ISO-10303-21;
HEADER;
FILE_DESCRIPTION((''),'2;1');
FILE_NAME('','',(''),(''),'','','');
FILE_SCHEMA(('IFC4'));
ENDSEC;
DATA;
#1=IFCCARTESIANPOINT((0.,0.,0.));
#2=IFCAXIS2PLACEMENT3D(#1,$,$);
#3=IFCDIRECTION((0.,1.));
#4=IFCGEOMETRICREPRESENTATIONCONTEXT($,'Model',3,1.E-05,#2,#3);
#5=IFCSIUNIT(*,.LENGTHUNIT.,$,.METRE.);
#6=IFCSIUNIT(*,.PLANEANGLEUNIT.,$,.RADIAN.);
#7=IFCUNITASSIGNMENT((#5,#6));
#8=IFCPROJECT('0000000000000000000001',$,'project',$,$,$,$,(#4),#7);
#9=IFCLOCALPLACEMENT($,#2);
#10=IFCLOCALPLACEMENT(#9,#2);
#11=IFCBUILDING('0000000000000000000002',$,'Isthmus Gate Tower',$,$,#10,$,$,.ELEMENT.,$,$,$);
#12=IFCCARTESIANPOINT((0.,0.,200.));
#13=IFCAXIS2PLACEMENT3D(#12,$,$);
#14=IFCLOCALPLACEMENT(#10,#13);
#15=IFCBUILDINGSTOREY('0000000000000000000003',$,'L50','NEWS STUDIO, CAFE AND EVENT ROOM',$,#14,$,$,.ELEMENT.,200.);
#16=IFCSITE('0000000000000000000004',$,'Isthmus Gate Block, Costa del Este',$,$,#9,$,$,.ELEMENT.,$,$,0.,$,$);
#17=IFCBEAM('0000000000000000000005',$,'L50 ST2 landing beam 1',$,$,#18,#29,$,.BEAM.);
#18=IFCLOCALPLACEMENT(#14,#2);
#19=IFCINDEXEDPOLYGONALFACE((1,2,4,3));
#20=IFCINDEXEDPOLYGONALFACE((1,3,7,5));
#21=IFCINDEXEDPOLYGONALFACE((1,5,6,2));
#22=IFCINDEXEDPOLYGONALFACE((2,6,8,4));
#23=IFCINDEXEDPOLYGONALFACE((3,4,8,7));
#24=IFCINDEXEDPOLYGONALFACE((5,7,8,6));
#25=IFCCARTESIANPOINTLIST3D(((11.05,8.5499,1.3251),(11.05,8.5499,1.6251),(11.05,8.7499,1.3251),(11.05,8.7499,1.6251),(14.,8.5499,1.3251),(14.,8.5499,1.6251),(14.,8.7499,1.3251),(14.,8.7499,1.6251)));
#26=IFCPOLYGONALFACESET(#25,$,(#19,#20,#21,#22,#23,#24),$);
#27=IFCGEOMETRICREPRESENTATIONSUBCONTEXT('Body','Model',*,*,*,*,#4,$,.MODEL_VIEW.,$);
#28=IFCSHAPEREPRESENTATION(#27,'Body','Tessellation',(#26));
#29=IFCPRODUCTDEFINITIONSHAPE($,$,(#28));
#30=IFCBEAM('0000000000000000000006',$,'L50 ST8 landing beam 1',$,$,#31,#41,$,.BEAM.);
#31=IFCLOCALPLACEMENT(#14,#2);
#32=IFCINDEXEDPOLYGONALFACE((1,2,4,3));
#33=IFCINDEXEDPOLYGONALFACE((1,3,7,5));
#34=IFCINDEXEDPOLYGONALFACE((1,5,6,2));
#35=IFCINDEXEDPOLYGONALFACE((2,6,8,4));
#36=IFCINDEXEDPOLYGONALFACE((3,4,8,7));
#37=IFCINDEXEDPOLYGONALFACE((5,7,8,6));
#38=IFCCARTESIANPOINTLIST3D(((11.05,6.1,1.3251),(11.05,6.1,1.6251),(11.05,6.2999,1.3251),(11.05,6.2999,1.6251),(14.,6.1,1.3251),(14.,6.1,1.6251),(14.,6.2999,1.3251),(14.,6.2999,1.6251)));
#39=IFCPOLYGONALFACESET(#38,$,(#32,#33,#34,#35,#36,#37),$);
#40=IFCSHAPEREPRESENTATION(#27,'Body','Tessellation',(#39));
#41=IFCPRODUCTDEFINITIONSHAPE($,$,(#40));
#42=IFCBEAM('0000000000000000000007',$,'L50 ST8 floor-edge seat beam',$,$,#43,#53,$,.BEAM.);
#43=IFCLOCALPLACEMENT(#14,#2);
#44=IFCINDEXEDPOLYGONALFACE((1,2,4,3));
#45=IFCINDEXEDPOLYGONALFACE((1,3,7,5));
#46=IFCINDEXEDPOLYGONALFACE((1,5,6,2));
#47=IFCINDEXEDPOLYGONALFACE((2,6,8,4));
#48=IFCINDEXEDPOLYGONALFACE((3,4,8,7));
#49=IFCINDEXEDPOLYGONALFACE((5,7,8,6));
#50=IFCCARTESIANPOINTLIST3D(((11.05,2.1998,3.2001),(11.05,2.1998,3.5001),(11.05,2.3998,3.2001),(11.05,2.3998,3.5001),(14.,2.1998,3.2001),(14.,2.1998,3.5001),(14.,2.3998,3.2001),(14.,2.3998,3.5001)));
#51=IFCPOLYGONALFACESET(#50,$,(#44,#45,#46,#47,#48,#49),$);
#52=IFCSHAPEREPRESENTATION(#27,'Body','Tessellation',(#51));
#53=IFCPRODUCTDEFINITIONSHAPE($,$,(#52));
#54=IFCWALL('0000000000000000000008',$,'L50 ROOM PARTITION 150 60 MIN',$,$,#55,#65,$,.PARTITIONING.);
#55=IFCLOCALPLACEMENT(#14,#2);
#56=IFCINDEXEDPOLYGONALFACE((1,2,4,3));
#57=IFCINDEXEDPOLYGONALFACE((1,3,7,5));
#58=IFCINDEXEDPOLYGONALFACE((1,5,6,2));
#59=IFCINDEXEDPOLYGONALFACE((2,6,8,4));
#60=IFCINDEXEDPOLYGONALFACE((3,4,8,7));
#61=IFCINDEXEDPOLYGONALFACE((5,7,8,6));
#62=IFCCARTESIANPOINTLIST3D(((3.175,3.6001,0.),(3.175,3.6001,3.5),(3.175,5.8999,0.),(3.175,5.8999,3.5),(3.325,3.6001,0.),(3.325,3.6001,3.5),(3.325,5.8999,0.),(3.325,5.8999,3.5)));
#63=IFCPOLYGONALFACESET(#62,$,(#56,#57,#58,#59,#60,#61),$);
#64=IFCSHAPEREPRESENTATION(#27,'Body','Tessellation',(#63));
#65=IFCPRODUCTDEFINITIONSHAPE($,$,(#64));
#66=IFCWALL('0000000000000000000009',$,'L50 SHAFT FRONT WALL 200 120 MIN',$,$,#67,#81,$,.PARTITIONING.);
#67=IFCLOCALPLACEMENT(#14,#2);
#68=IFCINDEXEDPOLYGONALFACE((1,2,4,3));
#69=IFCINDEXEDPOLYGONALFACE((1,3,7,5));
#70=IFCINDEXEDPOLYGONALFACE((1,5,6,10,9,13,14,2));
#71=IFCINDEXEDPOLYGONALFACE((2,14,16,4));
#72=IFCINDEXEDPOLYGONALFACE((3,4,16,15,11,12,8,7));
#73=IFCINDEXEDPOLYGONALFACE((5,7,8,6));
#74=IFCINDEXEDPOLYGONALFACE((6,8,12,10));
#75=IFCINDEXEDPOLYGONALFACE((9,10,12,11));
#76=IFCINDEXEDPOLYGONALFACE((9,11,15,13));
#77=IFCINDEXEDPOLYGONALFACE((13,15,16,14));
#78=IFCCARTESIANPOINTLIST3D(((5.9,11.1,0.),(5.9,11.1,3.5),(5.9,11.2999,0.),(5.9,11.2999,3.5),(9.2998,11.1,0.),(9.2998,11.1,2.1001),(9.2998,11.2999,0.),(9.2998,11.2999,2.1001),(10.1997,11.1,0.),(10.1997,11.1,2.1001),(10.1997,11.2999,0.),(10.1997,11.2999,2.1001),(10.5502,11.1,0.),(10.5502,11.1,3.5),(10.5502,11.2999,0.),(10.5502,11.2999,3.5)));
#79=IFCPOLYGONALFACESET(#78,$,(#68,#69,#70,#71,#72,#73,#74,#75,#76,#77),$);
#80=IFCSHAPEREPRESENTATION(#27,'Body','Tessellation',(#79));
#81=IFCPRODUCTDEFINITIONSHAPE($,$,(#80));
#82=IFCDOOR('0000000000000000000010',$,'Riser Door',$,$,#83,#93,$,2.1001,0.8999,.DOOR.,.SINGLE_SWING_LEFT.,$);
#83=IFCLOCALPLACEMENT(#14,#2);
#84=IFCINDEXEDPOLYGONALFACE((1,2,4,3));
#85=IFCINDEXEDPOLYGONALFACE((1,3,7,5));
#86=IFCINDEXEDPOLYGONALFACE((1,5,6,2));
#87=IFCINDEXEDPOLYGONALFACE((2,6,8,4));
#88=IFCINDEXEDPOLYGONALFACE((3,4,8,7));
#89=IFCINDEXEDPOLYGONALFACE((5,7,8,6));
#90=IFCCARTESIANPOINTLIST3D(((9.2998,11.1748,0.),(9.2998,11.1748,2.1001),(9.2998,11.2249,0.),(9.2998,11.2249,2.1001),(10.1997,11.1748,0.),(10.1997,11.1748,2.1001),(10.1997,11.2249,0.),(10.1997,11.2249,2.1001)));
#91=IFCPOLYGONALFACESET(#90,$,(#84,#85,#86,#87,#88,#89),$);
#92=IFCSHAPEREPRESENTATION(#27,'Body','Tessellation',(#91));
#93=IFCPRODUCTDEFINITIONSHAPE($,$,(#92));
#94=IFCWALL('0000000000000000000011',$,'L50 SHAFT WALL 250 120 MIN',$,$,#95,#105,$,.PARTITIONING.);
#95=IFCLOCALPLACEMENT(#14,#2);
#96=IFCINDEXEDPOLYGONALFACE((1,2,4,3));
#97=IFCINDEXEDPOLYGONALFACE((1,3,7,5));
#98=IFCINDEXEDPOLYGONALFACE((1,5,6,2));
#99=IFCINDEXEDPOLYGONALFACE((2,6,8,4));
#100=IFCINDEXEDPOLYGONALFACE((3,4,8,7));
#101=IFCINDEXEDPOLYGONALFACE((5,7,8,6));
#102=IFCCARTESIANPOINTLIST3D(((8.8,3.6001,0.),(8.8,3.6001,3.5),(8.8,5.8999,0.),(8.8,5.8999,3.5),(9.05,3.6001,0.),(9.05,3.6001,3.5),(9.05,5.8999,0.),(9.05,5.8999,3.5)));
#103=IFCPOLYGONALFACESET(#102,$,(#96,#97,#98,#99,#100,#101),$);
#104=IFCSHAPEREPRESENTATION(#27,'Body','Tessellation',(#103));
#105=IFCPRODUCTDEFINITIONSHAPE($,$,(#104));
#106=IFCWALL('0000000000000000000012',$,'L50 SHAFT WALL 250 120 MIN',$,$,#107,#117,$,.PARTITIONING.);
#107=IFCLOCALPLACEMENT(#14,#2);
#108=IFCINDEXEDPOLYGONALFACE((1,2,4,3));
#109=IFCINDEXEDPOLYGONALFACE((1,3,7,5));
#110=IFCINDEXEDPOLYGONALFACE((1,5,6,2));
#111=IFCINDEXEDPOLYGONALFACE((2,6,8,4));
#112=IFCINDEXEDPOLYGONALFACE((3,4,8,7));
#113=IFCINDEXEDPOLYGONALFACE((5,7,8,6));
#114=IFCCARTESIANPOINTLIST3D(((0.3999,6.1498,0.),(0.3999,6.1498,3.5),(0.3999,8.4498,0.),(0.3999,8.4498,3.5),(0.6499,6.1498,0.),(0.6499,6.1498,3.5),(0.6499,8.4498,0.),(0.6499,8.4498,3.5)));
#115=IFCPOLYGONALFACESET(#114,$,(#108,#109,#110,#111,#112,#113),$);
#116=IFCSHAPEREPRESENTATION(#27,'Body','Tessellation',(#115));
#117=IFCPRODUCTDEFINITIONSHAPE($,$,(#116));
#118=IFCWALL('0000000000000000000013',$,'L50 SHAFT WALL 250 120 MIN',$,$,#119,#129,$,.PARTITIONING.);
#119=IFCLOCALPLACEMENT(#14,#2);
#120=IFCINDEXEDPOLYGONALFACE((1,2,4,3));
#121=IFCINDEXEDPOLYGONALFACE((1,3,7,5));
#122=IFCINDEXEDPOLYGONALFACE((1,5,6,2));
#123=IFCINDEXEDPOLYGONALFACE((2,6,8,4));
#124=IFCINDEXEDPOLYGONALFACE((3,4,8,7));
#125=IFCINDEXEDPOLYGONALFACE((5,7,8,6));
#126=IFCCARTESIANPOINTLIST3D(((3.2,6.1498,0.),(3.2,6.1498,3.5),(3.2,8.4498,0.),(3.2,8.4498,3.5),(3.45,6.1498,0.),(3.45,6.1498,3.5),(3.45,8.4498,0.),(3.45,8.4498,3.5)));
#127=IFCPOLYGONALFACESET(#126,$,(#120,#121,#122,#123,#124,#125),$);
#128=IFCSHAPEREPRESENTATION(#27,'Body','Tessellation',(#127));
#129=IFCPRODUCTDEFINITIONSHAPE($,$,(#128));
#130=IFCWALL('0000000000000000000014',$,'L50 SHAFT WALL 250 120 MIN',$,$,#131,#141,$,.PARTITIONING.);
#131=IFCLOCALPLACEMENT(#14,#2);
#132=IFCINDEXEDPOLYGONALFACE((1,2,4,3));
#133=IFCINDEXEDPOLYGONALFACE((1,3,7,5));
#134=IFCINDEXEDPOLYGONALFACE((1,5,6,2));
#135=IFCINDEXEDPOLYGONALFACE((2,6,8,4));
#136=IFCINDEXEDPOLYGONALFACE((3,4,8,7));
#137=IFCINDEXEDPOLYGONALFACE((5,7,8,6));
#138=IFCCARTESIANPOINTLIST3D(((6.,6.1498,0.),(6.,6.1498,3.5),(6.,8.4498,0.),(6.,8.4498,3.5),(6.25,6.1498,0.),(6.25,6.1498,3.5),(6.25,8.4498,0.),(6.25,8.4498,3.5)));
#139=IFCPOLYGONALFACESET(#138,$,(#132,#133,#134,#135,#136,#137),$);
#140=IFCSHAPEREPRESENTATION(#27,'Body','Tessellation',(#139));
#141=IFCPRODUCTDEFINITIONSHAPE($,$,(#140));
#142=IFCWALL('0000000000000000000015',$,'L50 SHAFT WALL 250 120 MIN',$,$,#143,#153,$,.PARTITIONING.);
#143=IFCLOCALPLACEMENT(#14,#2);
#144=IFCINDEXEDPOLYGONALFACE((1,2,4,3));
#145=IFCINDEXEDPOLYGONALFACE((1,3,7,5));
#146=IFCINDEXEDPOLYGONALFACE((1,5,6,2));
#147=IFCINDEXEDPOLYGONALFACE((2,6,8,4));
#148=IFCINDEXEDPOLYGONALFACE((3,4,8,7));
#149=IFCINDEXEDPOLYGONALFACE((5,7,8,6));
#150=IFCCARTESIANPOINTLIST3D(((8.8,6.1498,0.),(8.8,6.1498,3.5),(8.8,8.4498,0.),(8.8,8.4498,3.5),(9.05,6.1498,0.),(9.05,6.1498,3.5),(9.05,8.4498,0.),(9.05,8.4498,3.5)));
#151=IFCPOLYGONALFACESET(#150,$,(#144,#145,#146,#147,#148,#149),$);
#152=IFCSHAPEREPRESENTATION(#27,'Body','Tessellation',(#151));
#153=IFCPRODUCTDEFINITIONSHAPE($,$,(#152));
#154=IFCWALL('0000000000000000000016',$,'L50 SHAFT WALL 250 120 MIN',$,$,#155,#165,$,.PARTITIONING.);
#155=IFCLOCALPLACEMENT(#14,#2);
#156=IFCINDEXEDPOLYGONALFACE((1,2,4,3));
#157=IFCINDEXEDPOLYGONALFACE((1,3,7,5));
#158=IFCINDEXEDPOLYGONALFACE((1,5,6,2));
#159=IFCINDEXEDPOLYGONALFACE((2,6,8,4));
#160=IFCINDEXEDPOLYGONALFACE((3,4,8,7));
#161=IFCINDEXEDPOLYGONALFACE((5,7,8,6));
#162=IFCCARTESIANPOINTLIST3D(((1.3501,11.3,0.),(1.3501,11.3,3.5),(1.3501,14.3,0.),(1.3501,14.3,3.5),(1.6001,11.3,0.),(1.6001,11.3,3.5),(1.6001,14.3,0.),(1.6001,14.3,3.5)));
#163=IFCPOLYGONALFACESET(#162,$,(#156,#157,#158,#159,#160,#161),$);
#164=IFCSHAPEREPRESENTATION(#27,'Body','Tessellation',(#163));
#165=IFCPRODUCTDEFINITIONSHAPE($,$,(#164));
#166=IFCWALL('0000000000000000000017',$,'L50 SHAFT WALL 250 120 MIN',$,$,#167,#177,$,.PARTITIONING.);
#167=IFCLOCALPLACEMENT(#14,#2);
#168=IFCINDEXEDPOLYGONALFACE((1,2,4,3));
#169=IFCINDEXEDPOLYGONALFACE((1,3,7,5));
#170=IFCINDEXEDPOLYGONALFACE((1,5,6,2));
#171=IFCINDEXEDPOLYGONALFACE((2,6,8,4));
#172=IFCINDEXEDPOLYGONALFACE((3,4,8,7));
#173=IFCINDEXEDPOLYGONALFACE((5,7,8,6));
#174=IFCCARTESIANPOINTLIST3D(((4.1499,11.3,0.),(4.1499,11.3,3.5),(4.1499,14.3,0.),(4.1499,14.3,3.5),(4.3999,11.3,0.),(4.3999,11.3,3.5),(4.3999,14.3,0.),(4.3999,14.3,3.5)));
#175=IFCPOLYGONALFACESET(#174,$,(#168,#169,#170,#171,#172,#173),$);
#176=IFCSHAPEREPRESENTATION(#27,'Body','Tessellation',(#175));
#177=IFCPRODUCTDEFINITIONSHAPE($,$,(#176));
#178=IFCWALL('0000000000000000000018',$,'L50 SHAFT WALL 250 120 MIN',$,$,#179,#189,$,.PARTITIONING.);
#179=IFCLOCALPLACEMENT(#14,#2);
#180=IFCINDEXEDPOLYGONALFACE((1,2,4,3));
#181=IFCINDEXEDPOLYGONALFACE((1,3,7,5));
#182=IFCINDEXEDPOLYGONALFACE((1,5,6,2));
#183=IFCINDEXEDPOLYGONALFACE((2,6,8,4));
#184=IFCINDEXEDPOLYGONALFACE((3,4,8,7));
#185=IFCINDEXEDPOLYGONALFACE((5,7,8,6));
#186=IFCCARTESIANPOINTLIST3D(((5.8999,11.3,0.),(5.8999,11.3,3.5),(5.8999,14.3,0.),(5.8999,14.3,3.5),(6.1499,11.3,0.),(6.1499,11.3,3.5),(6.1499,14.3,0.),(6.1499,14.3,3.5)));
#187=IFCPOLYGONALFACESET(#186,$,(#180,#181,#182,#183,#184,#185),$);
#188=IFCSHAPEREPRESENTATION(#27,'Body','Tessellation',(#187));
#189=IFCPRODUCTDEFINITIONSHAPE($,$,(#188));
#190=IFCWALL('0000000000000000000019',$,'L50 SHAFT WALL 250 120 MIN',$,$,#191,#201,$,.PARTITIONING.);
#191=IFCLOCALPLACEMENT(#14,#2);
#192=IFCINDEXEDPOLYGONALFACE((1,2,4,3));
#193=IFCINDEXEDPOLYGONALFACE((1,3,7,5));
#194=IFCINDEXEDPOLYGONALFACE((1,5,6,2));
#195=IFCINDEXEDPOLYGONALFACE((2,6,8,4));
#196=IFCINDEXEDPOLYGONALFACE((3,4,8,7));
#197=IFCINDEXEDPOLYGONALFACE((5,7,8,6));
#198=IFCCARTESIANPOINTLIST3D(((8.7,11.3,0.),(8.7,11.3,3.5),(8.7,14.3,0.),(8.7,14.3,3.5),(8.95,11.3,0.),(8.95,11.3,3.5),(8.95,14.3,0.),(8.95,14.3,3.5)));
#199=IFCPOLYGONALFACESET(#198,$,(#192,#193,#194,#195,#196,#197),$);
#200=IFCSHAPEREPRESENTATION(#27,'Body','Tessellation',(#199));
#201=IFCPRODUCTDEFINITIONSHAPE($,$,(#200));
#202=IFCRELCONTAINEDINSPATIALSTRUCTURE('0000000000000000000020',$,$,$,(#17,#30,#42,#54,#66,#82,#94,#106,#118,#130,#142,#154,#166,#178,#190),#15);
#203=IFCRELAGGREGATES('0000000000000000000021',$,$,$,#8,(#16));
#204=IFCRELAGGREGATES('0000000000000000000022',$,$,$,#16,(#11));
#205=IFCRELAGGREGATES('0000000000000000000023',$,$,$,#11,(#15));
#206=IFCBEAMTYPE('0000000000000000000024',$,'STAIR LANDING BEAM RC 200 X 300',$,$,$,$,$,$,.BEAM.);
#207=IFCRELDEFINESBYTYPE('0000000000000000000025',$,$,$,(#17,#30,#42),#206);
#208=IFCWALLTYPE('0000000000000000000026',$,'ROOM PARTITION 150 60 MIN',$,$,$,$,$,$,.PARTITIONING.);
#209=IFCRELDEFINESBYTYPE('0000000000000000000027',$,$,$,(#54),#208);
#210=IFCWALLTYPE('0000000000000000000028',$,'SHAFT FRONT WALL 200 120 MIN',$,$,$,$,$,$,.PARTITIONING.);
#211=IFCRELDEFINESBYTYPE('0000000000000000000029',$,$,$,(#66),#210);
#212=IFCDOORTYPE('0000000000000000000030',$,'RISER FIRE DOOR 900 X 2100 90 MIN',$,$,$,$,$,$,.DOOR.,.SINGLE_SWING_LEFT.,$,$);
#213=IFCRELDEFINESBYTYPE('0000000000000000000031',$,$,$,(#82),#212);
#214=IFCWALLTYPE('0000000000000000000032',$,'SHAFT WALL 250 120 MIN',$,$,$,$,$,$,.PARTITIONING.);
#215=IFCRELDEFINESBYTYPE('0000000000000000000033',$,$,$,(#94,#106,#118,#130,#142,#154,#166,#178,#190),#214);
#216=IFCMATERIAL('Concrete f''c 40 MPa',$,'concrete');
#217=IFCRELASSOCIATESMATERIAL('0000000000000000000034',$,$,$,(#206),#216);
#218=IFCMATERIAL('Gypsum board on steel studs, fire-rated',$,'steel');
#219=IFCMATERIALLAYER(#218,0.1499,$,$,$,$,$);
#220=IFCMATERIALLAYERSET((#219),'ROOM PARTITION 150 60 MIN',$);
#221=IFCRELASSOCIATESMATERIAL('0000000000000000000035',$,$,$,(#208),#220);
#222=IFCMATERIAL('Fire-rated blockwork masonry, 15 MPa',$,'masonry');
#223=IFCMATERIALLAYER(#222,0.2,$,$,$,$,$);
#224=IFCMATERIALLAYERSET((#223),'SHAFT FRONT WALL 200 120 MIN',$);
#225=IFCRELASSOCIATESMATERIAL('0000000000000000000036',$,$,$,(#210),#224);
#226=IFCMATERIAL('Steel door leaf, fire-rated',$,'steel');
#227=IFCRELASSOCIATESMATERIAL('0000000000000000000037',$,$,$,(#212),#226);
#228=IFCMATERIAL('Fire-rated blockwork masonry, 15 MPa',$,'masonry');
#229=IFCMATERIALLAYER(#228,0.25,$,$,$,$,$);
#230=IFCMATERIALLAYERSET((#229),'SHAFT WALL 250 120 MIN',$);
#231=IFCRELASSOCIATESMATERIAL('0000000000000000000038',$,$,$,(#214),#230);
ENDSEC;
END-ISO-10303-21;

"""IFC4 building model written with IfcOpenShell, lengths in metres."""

from ifc_helpers import new_model, si_unit, direction, frame, frame_2d, origin, origin_2d, place, context, subcontext, project, spatial, rectangle, extrude, material, layer, layer_set, material_profile, profile_set, type_object, element, fill, save


model = new_model("IFC4")

# Units and contexts
model_context = context("Model", 3, precision=1e-05, world=origin(), true_north=direction((0.0, 1.0)))
body_context = subcontext(model_context, "Body", "Model", "MODEL_VIEW")
ifc_project = project(units=[si_unit("LENGTHUNIT", "METRE"), si_unit("PLANEANGLEUNIT", "RADIAN")], contexts=[model_context])

# Site, building, storey
site_placement = place(None, origin())
site = spatial("IfcSite", under=ifc_project, at=site_placement, Name="Isthmus Gate Block, Costa del Este", CompositionType="ELEMENT", RefElevation=0.0)
building_placement = place(site_placement, origin())
building = spatial("IfcBuilding", under=site, at=building_placement, Name="Isthmus Gate Tower", CompositionType="ELEMENT")
storey_placement = place(building_placement, frame((0.0, 0.0, 200.0)))
storey = spatial("IfcBuildingStorey", under=building, at=storey_placement, Name="L50", Description="NEWS STUDIO, CAFE AND EVENT ROOM", CompositionType="ELEMENT", Elevation=200.0)

# Beams
ifc_material_1 = material(Name="Concrete f'c 40 MPa", Category="concrete")
ifc_material_profile = material_profile(ifc_material_1, rectangle(XDim=0.2, YDim=0.3, at=origin_2d()), Name="STAIR LANDING BEAM RC 200 X 300")
ifc_profile_set = profile_set([ifc_material_profile], Name="Concrete f'c 40 MPa")
beam_type = type_object("IfcBeamType", Name="STAIR LANDING BEAM RC 200 X 300", PredefinedType="BEAM", material=ifc_profile_set)
for number, where, z_axis, x_axis, name in (
    (1, (11.05, 8.6499, 1.4751), (1.0, 0.0, 0.0), (0.0, 1.0, 0.0), "L50 ST2 landing beam 1"),
    (2, (11.05, 6.2, 1.4751), (1.0, 0.0, 0.0), (0.0, 1.0, 0.0), "L50 ST8 landing beam 1"),
    (3, (11.05, 2.2998, 3.3501), (1.0, 0.0, 0.0), (0.0, 1.0, 0.0), "L50 ST8 floor-edge seat beam"),
):
    element("IfcBeam", number, at=place(storey_placement, frame(where, z_axis=z_axis, x_axis=x_axis)), inside=storey, type_object=beam_type, Name=name, PredefinedType="BEAM", context=body_context, shape_type="SweptSolid", body=[
        extrude(rectangle(XDim=0.2, YDim=0.3, at=origin_2d()), origin(), (0.0, 0.0, 1.0), 2.95),
    ])

# Wall
ifc_material_2 = material(Name="Gypsum board on steel studs, fire-rated", Category="steel")
ifc_layer_1 = layer(ifc_material_2, 0.1499)
ifc_layer_set_1 = layer_set([ifc_layer_1], Name="ROOM PARTITION 150 60 MIN")
wall_type_1 = type_object("IfcWallType", Name="ROOM PARTITION 150 60 MIN", PredefinedType="PARTITIONING", material=ifc_layer_set_1)
wall_1_placement = place(storey_placement, frame((3.25, 3.6001, 0.0), z_axis=(0.0, 0.0, 1.0), x_axis=(0.0, 1.0, 0.0)))
element("IfcWall", 4, at=wall_1_placement, inside=storey, type_object=wall_type_1, Name="L50 ROOM PARTITION 150 60 MIN", PredefinedType="PARTITIONING", context=body_context, shape_type="SweptSolid", body=[
    extrude(rectangle(XDim=2.2998, YDim=0.1499, at=frame_2d((1.1499, 0.0))), origin(), (0.0, 0.0, 1.0), 3.5),
])

# Wall, opening, door
ifc_material_3 = material(Name="Fire-rated blockwork masonry, 15 MPa", Category="masonry")
ifc_layer_2 = layer(ifc_material_3, 0.2)
ifc_layer_set_2 = layer_set([ifc_layer_2], Name="SHAFT FRONT WALL 200 120 MIN")
wall_type_2 = type_object("IfcWallType", Name="SHAFT FRONT WALL 200 120 MIN", PredefinedType="PARTITIONING", material=ifc_layer_set_2)
wall_2_placement = place(storey_placement, frame((5.8999, 11.2, 0.0), z_axis=(0.0, 0.0, 1.0), x_axis=(1.0, 0.0, 0.0)))
wall_2 = element("IfcWall", 5, at=wall_2_placement, inside=storey, type_object=wall_type_2, Name="L50 SHAFT FRONT WALL 200 120 MIN", PredefinedType="PARTITIONING", context=body_context, shape_type="SweptSolid", body=[
    extrude(rectangle(XDim=4.6501, YDim=0.2, at=frame_2d((2.3252, 0.0))), origin(), (0.0, 0.0, 1.0), 3.5),
])
opening_placement = place(wall_2_placement, frame((3.3999, 0.0, 0.0)))
opening = element("IfcOpeningElement", 6, at=opening_placement, cuts=wall_2, PredefinedType="OPENING", context=body_context, shape_type="SweptSolid", body=[
    extrude(rectangle(XDim=0.8999, YDim=2.1001, at=frame_2d((0.45, 1.05))), frame((0.0, 0.1099, 0.0), z_axis=(0.0, -1.0, 0.0), x_axis=(1.0, 0.0, 0.0)), (0.0, 0.0, 1.0), 0.22),
])
ifc_material_4 = material(Name="Steel door leaf, fire-rated", Category="steel")
door_type = type_object("IfcDoorType", Name="RISER FIRE DOOR 900 X 2100 90 MIN", OperationType="SINGLE_SWING_LEFT", PredefinedType="DOOR", material=ifc_material_4)
door_placement = place(opening_placement, origin())
door = element("IfcDoor", 7, at=door_placement, inside=storey, type_object=door_type, Name="Riser Door", OperationType="SINGLE_SWING_LEFT", OverallHeight=2.1001, OverallWidth=0.8999, PredefinedType="DOOR", context=body_context, shape_type="SweptSolid", body=[
    extrude(rectangle(XDim=0.8999, YDim=2.1001, at=frame_2d((0.45, 1.05))), frame((0.0, 0.0249, 0.0), z_axis=(0.0, -1.0, 0.0), x_axis=(1.0, 0.0, 0.0)), (0.0, 0.0, 1.0), 0.05),
])
fill(opening, door)

# Walls
ifc_material_5 = material(Name="Fire-rated blockwork masonry, 15 MPa", Category="masonry")
ifc_layer_3 = layer(ifc_material_5, 0.25)
ifc_layer_set_3 = layer_set([ifc_layer_3], Name="SHAFT WALL 250 120 MIN")
wall_type_3 = type_object("IfcWallType", Name="SHAFT WALL 250 120 MIN", PredefinedType="PARTITIONING", material=ifc_layer_set_3)
wall_3_placement = place(storey_placement, frame((8.925, 3.6001, 0.0), z_axis=(0.0, 0.0, 1.0), x_axis=(0.0, 1.0, 0.0)))
element("IfcWall", 8, at=wall_3_placement, inside=storey, type_object=wall_type_3, Name="L50 SHAFT WALL 250 120 MIN", PredefinedType="PARTITIONING", context=body_context, shape_type="SweptSolid", body=[
    extrude(rectangle(XDim=2.2998, YDim=0.25, at=frame_2d((1.1499, 0.0))), origin(), (0.0, 0.0, 1.0), 3.5),
])
for number, where, z_axis, x_axis, name in (
    (9, (0.5249, 6.1499, 0.0), (0.0, 0.0, 1.0), (0.0, 1.0, 0.0), "L50 SHAFT WALL 250 120 MIN"),
    (10, (3.325, 6.1499, 0.0), (0.0, 0.0, 1.0), (0.0, 1.0, 0.0), "L50 SHAFT WALL 250 120 MIN"),
    (11, (6.125, 6.1499, 0.0), (0.0, 0.0, 1.0), (0.0, 1.0, 0.0), "L50 SHAFT WALL 250 120 MIN"),
    (12, (8.925, 6.1499, 0.0), (0.0, 0.0, 1.0), (0.0, 1.0, 0.0), "L50 SHAFT WALL 250 120 MIN"),
):
    element("IfcWall", number, at=place(storey_placement, frame(where, z_axis=z_axis, x_axis=x_axis)), inside=storey, type_object=wall_type_3, Name=name, PredefinedType="PARTITIONING", context=body_context, shape_type="SweptSolid", body=[
        extrude(rectangle(XDim=2.3, YDim=0.25, at=frame_2d((1.1499, 0.0))), origin(), (0.0, 0.0, 1.0), 3.5),
    ])
for number, where, z_axis, x_axis, name in (
    (13, (1.4751, 11.3, 0.0), (0.0, 0.0, 1.0), (0.0, 1.0, 0.0), "L50 SHAFT WALL 250 120 MIN"),
    (14, (4.2749, 11.3, 0.0), (0.0, 0.0, 1.0), (0.0, 1.0, 0.0), "L50 SHAFT WALL 250 120 MIN"),
    (15, (6.0249, 11.3, 0.0), (0.0, 0.0, 1.0), (0.0, 1.0, 0.0), "L50 SHAFT WALL 250 120 MIN"),
    (16, (8.825, 11.3, 0.0), (0.0, 0.0, 1.0), (0.0, 1.0, 0.0), "L50 SHAFT WALL 250 120 MIN"),
):
    element("IfcWall", number, at=place(storey_placement, frame(where, z_axis=z_axis, x_axis=x_axis)), inside=storey, type_object=wall_type_3, Name=name, PredefinedType="PARTITIONING", context=body_context, shape_type="SweptSolid", body=[
        extrude(rectangle(XDim=3.0, YDim=0.25, at=frame_2d((1.5, 0.0))), origin(), (0.0, 0.0, 1.0), 3.5),
    ])

save(model, "model.ifc")
